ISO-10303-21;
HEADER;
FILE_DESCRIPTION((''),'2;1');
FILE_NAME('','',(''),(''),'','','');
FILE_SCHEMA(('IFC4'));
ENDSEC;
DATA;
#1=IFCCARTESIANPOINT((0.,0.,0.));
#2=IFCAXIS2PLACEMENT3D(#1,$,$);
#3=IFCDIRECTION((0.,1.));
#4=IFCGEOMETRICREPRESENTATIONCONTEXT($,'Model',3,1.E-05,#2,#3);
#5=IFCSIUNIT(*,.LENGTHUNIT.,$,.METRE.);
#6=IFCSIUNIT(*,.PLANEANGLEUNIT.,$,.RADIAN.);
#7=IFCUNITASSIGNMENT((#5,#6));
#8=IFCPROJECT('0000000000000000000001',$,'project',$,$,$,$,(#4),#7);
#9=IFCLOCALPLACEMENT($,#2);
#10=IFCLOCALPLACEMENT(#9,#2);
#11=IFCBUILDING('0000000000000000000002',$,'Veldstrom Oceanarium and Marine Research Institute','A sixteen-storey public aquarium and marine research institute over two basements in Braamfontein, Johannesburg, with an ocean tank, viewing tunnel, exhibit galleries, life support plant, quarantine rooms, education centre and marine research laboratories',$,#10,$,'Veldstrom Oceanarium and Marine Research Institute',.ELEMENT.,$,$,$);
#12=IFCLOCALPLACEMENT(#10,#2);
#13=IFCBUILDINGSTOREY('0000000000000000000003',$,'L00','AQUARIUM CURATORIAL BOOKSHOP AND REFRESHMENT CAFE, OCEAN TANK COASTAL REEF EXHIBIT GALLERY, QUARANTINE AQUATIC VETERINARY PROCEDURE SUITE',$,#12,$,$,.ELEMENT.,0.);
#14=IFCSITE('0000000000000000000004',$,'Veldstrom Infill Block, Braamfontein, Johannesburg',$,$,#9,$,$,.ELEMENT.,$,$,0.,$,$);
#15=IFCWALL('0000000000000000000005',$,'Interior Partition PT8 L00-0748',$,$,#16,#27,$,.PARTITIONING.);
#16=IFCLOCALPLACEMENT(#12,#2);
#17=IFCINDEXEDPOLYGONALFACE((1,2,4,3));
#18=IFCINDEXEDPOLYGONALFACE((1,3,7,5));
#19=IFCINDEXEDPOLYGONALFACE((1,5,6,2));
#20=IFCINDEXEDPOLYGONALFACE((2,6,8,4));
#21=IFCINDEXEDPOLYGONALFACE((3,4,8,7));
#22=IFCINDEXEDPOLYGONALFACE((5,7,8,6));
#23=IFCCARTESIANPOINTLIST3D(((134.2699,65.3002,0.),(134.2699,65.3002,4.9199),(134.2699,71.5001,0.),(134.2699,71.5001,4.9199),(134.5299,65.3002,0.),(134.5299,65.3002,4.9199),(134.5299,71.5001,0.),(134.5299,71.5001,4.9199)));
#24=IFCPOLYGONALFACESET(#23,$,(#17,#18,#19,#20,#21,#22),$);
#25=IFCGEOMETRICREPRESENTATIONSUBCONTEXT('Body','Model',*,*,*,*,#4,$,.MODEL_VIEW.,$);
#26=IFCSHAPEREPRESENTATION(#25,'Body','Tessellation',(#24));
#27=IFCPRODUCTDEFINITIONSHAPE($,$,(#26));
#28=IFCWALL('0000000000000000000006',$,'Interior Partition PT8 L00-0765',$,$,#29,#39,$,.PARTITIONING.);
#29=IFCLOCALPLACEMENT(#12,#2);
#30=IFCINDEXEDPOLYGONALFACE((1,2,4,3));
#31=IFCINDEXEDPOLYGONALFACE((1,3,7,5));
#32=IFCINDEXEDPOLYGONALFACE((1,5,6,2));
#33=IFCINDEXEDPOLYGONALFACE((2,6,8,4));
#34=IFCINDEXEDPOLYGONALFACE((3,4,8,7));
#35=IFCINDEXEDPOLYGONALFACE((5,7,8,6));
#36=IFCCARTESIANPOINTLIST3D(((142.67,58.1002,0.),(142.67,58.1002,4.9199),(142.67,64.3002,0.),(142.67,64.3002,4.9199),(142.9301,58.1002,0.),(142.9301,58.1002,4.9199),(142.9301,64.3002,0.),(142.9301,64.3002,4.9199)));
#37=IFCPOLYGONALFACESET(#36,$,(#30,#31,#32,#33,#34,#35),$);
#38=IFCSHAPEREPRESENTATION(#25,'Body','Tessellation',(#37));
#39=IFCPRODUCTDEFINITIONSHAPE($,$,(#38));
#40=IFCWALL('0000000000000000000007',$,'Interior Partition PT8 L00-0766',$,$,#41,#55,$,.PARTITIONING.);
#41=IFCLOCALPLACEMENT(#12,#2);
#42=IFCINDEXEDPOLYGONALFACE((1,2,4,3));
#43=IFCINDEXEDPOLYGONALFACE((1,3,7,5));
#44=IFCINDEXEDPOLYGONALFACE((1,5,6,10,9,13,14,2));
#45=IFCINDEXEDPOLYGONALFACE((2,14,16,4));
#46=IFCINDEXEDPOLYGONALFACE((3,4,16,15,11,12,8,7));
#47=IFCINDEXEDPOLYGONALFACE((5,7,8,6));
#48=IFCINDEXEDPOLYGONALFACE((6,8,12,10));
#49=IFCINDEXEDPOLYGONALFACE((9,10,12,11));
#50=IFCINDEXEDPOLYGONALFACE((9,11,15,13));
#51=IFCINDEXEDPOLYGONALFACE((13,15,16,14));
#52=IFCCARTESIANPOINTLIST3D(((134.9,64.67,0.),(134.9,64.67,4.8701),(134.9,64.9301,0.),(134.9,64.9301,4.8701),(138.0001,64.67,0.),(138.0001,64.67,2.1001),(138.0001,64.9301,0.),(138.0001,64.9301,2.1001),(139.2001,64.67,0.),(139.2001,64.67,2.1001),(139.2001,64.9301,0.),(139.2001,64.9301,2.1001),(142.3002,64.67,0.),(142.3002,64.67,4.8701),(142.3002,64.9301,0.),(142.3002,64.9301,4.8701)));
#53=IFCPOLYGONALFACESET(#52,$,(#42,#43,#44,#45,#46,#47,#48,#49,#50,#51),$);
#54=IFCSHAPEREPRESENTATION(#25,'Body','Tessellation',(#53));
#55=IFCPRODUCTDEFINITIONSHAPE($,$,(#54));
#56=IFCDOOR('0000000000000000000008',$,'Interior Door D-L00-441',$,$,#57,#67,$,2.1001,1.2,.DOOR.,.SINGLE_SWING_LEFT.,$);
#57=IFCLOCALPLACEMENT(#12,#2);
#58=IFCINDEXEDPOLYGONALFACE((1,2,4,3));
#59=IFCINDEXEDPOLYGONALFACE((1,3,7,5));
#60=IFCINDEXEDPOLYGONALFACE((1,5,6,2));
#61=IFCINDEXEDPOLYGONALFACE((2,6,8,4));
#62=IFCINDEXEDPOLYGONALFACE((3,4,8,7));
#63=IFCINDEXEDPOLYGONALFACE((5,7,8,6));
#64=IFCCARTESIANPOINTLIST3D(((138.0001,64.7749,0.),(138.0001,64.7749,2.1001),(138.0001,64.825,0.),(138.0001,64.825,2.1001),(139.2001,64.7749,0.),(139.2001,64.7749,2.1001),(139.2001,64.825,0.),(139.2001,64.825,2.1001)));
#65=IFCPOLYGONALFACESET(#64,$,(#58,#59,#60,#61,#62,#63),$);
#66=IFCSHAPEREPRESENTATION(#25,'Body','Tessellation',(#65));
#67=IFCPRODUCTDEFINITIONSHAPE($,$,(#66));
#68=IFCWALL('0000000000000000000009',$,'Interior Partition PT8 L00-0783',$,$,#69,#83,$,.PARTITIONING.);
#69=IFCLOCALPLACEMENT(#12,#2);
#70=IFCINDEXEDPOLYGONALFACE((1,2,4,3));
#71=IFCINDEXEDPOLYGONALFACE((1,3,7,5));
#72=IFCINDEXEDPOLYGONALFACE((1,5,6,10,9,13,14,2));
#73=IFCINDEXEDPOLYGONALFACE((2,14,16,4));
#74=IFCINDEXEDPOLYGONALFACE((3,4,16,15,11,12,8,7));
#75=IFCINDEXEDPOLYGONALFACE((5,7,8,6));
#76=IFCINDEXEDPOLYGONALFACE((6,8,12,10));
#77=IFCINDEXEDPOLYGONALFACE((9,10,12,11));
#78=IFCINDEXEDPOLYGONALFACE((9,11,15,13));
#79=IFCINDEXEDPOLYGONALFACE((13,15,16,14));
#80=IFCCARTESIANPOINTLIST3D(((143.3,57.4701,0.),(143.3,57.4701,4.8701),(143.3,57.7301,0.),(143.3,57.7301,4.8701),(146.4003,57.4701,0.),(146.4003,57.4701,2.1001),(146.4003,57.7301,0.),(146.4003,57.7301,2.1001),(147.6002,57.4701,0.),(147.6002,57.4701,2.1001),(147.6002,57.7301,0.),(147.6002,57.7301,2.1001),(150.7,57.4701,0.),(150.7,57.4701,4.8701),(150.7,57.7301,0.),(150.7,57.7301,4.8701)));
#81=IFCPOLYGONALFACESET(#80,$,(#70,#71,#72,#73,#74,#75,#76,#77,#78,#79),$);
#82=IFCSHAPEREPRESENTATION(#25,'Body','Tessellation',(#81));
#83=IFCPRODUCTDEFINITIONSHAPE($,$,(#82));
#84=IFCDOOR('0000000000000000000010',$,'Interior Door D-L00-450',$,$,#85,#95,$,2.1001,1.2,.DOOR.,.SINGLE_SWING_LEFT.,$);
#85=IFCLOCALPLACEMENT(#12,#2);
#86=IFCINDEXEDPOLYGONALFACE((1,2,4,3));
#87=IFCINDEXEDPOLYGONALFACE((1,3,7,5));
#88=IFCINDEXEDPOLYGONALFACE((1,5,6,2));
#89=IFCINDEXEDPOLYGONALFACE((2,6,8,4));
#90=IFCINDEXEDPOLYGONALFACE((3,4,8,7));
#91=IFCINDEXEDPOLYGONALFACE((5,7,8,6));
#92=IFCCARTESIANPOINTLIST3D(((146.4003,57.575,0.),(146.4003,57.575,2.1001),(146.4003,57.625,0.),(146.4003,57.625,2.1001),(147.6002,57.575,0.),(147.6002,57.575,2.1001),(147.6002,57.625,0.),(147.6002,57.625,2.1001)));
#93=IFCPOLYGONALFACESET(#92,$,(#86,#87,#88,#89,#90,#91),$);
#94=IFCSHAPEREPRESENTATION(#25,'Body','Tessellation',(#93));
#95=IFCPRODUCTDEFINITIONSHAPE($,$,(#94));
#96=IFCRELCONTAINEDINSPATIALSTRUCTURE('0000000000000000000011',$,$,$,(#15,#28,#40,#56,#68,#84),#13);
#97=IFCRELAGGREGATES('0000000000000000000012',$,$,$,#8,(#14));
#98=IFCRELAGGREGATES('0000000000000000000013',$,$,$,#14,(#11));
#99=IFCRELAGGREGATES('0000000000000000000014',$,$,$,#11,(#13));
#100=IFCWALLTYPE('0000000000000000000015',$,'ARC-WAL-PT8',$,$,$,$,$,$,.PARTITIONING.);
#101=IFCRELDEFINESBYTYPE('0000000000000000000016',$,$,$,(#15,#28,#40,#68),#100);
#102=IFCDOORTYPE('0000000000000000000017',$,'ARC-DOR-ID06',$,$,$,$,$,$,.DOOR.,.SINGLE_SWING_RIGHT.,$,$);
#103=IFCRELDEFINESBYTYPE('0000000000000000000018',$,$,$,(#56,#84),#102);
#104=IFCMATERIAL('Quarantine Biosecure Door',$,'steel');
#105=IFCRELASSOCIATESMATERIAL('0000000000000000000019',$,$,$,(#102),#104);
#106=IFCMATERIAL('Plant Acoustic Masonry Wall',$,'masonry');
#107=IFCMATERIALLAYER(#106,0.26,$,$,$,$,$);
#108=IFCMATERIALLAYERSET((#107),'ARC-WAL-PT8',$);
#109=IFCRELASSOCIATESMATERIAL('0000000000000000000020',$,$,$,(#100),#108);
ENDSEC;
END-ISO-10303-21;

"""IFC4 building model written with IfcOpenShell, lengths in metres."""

from ifc_helpers import new_model, si_unit, direction, frame, frame_2d, origin, place, context, subcontext, project, spatial, rectangle, extrude, material, layer, layer_set, type_object, element, fill, save


model = new_model("IFC4")

# Units and contexts
model_context = context("Model", 3, precision=1e-05, world=origin(), true_north=direction((0.0, 1.0)))
body_context = subcontext(model_context, "Body", "Model", "MODEL_VIEW")
ifc_project = project(units=[si_unit("LENGTHUNIT", "METRE"), si_unit("PLANEANGLEUNIT", "RADIAN")], contexts=[model_context])

# Site, building, storey
site_placement = place(None, origin())
site = spatial("IfcSite", under=ifc_project, at=site_placement, Name="Veldstrom Infill Block, Braamfontein, Johannesburg", CompositionType="ELEMENT", RefElevation=0.0)
building_placement = place(site_placement, origin())
building = spatial("IfcBuilding", under=site, at=building_placement, Name="Veldstrom Oceanarium and Marine Research Institute", Description="A sixteen-storey public aquarium and marine research institute over two basements in Braamfontein, Johannesburg, with an ocean tank, viewing tunnel, exhibit galleries, life support plant, quarantine rooms, education centre and marine research laboratories", LongName="Veldstrom Oceanarium and Marine Research Institute", CompositionType="ELEMENT")
storey_placement = place(building_placement, origin())
storey = spatial("IfcBuildingStorey", under=building, at=storey_placement, Name="L00", Description="AQUARIUM CURATORIAL BOOKSHOP AND REFRESHMENT CAFE, OCEAN TANK COASTAL REEF EXHIBIT GALLERY, QUARANTINE AQUATIC VETERINARY PROCEDURE SUITE", CompositionType="ELEMENT", Elevation=0.0)

# Shared definitions
ifc_material_1 = material(Name="Quarantine Biosecure Door", Category="steel")
door_type = type_object("IfcDoorType", Name="ARC-DOR-ID06", OperationType="SINGLE_SWING_RIGHT", PredefinedType="DOOR", material=ifc_material_1)

# Walls
ifc_material_2 = material(Name="Plant Acoustic Masonry Wall", Category="masonry")
ifc_layer_1 = layer(ifc_material_2, 0.26)
ifc_layer_set_1 = layer_set([ifc_layer_1], Name="ARC-WAL-PT8")
wall_type_1 = type_object("IfcWallType", Name="ARC-WAL-PT8", PredefinedType="PARTITIONING", material=ifc_layer_set_1)
for number, where, z_axis, x_axis, name in (
    (1, (134.3999, 65.3, 0.0), (0.0, 0.0, 1.0), (0.0, 1.0, 0.0), "Interior Partition PT8 L00-0748"),
    (2, (142.8, 58.1001, 0.0), (0.0, 0.0, 1.0), (0.0, 1.0, 0.0), "Interior Partition PT8 L00-0765"),
):
    element("IfcWall", number, at=place(storey_placement, frame(where, z_axis=z_axis, x_axis=x_axis)), inside=storey, type_object=wall_type_1, Name=name, PredefinedType="PARTITIONING", context=body_context, shape_type="SweptSolid", body=[
        extrude(rectangle(XDim=6.2, YDim=0.26, at=frame_2d((3.1001, 0.0))), origin(), (0.0, 0.0, 1.0), 4.9199),
    ])

# Walls, openings, doors
wall_1_placement = place(storey_placement, frame((134.8999, 64.8, 0.0), z_axis=(0.0, 0.0, 1.0), x_axis=(1.0, 0.0, 0.0)))
wall_1 = element("IfcWall", 3, at=wall_1_placement, inside=storey, type_object=wall_type_1, Name="Interior Partition PT8 L00-0766", PredefinedType="PARTITIONING", context=body_context, shape_type="SweptSolid", body=[
    extrude(rectangle(XDim=7.4001, YDim=0.26, at=frame_2d((3.7002, 0.0))), origin(), (0.0, 0.0, 1.0), 4.8701),
])
opening_1_placement = place(wall_1_placement, frame((3.1001, 0.0, 0.0)))
opening_1 = element("IfcOpeningElement", 4, at=opening_1_placement, cuts=wall_1, PredefinedType="OPENING", context=body_context, shape_type="SweptSolid", body=[
    extrude(rectangle(XDim=1.2, YDim=2.1001, at=frame_2d((0.6001, 1.05))), frame((0.0, 0.1399, 0.0), z_axis=(0.0, -1.0, 0.0), x_axis=(1.0, 0.0, 0.0)), (0.0, 0.0, 1.0), 0.28),
])
door_1_placement = place(opening_1_placement, origin())
door_1 = element("IfcDoor", 5, at=door_1_placement, inside=storey, type_object=door_type, Name="Interior Door D-L00-441", OperationType="SINGLE_SWING_LEFT", OverallHeight=2.1001, OverallWidth=1.2, PredefinedType="DOOR", context=body_context, shape_type="SweptSolid", body=[
    extrude(rectangle(XDim=1.2, YDim=2.1001, at=frame_2d((0.6001, 1.05))), frame((0.0, 0.0249, 0.0), z_axis=(0.0, -1.0, 0.0), x_axis=(1.0, 0.0, 0.0)), (0.0, 0.0, 1.0), 0.05),
])
fill(opening_1, door_1)
wall_2_placement = place(storey_placement, frame((143.3, 57.6001, 0.0), z_axis=(0.0, 0.0, 1.0), x_axis=(1.0, 0.0, 0.0)))
wall_2 = element("IfcWall", 6, at=wall_2_placement, inside=storey, type_object=wall_type_1, Name="Interior Partition PT8 L00-0783", PredefinedType="PARTITIONING", context=body_context, shape_type="SweptSolid", body=[
    extrude(rectangle(XDim=7.3999, YDim=0.26, at=frame_2d((3.7, 0.0))), origin(), (0.0, 0.0, 1.0), 4.8701),
])
opening_2_placement = place(wall_2_placement, frame((3.1001, 0.0, 0.0)))
opening_2 = element("IfcOpeningElement", 7, at=opening_2_placement, cuts=wall_2, PredefinedType="OPENING", context=body_context, shape_type="SweptSolid", body=[
    extrude(rectangle(XDim=1.2, YDim=2.1001, at=frame_2d((0.6001, 1.05))), frame((0.0, 0.1399, 0.0), z_axis=(0.0, -1.0, 0.0), x_axis=(1.0, 0.0, 0.0)), (0.0, 0.0, 1.0), 0.28),
])
door_2_placement = place(opening_2_placement, origin())
door_2 = element("IfcDoor", 8, at=door_2_placement, inside=storey, type_object=door_type, Name="Interior Door D-L00-450", OperationType="SINGLE_SWING_LEFT", OverallHeight=2.1001, OverallWidth=1.2, PredefinedType="DOOR", context=body_context, shape_type="SweptSolid", body=[
    extrude(rectangle(XDim=1.2, YDim=2.1001, at=frame_2d((0.6001, 1.05))), frame((0.0, 0.0249, 0.0), z_axis=(0.0, -1.0, 0.0), x_axis=(1.0, 0.0, 0.0)), (0.0, 0.0, 1.0), 0.05),
])
fill(opening_2, door_2)

save(model, "model.ifc")
